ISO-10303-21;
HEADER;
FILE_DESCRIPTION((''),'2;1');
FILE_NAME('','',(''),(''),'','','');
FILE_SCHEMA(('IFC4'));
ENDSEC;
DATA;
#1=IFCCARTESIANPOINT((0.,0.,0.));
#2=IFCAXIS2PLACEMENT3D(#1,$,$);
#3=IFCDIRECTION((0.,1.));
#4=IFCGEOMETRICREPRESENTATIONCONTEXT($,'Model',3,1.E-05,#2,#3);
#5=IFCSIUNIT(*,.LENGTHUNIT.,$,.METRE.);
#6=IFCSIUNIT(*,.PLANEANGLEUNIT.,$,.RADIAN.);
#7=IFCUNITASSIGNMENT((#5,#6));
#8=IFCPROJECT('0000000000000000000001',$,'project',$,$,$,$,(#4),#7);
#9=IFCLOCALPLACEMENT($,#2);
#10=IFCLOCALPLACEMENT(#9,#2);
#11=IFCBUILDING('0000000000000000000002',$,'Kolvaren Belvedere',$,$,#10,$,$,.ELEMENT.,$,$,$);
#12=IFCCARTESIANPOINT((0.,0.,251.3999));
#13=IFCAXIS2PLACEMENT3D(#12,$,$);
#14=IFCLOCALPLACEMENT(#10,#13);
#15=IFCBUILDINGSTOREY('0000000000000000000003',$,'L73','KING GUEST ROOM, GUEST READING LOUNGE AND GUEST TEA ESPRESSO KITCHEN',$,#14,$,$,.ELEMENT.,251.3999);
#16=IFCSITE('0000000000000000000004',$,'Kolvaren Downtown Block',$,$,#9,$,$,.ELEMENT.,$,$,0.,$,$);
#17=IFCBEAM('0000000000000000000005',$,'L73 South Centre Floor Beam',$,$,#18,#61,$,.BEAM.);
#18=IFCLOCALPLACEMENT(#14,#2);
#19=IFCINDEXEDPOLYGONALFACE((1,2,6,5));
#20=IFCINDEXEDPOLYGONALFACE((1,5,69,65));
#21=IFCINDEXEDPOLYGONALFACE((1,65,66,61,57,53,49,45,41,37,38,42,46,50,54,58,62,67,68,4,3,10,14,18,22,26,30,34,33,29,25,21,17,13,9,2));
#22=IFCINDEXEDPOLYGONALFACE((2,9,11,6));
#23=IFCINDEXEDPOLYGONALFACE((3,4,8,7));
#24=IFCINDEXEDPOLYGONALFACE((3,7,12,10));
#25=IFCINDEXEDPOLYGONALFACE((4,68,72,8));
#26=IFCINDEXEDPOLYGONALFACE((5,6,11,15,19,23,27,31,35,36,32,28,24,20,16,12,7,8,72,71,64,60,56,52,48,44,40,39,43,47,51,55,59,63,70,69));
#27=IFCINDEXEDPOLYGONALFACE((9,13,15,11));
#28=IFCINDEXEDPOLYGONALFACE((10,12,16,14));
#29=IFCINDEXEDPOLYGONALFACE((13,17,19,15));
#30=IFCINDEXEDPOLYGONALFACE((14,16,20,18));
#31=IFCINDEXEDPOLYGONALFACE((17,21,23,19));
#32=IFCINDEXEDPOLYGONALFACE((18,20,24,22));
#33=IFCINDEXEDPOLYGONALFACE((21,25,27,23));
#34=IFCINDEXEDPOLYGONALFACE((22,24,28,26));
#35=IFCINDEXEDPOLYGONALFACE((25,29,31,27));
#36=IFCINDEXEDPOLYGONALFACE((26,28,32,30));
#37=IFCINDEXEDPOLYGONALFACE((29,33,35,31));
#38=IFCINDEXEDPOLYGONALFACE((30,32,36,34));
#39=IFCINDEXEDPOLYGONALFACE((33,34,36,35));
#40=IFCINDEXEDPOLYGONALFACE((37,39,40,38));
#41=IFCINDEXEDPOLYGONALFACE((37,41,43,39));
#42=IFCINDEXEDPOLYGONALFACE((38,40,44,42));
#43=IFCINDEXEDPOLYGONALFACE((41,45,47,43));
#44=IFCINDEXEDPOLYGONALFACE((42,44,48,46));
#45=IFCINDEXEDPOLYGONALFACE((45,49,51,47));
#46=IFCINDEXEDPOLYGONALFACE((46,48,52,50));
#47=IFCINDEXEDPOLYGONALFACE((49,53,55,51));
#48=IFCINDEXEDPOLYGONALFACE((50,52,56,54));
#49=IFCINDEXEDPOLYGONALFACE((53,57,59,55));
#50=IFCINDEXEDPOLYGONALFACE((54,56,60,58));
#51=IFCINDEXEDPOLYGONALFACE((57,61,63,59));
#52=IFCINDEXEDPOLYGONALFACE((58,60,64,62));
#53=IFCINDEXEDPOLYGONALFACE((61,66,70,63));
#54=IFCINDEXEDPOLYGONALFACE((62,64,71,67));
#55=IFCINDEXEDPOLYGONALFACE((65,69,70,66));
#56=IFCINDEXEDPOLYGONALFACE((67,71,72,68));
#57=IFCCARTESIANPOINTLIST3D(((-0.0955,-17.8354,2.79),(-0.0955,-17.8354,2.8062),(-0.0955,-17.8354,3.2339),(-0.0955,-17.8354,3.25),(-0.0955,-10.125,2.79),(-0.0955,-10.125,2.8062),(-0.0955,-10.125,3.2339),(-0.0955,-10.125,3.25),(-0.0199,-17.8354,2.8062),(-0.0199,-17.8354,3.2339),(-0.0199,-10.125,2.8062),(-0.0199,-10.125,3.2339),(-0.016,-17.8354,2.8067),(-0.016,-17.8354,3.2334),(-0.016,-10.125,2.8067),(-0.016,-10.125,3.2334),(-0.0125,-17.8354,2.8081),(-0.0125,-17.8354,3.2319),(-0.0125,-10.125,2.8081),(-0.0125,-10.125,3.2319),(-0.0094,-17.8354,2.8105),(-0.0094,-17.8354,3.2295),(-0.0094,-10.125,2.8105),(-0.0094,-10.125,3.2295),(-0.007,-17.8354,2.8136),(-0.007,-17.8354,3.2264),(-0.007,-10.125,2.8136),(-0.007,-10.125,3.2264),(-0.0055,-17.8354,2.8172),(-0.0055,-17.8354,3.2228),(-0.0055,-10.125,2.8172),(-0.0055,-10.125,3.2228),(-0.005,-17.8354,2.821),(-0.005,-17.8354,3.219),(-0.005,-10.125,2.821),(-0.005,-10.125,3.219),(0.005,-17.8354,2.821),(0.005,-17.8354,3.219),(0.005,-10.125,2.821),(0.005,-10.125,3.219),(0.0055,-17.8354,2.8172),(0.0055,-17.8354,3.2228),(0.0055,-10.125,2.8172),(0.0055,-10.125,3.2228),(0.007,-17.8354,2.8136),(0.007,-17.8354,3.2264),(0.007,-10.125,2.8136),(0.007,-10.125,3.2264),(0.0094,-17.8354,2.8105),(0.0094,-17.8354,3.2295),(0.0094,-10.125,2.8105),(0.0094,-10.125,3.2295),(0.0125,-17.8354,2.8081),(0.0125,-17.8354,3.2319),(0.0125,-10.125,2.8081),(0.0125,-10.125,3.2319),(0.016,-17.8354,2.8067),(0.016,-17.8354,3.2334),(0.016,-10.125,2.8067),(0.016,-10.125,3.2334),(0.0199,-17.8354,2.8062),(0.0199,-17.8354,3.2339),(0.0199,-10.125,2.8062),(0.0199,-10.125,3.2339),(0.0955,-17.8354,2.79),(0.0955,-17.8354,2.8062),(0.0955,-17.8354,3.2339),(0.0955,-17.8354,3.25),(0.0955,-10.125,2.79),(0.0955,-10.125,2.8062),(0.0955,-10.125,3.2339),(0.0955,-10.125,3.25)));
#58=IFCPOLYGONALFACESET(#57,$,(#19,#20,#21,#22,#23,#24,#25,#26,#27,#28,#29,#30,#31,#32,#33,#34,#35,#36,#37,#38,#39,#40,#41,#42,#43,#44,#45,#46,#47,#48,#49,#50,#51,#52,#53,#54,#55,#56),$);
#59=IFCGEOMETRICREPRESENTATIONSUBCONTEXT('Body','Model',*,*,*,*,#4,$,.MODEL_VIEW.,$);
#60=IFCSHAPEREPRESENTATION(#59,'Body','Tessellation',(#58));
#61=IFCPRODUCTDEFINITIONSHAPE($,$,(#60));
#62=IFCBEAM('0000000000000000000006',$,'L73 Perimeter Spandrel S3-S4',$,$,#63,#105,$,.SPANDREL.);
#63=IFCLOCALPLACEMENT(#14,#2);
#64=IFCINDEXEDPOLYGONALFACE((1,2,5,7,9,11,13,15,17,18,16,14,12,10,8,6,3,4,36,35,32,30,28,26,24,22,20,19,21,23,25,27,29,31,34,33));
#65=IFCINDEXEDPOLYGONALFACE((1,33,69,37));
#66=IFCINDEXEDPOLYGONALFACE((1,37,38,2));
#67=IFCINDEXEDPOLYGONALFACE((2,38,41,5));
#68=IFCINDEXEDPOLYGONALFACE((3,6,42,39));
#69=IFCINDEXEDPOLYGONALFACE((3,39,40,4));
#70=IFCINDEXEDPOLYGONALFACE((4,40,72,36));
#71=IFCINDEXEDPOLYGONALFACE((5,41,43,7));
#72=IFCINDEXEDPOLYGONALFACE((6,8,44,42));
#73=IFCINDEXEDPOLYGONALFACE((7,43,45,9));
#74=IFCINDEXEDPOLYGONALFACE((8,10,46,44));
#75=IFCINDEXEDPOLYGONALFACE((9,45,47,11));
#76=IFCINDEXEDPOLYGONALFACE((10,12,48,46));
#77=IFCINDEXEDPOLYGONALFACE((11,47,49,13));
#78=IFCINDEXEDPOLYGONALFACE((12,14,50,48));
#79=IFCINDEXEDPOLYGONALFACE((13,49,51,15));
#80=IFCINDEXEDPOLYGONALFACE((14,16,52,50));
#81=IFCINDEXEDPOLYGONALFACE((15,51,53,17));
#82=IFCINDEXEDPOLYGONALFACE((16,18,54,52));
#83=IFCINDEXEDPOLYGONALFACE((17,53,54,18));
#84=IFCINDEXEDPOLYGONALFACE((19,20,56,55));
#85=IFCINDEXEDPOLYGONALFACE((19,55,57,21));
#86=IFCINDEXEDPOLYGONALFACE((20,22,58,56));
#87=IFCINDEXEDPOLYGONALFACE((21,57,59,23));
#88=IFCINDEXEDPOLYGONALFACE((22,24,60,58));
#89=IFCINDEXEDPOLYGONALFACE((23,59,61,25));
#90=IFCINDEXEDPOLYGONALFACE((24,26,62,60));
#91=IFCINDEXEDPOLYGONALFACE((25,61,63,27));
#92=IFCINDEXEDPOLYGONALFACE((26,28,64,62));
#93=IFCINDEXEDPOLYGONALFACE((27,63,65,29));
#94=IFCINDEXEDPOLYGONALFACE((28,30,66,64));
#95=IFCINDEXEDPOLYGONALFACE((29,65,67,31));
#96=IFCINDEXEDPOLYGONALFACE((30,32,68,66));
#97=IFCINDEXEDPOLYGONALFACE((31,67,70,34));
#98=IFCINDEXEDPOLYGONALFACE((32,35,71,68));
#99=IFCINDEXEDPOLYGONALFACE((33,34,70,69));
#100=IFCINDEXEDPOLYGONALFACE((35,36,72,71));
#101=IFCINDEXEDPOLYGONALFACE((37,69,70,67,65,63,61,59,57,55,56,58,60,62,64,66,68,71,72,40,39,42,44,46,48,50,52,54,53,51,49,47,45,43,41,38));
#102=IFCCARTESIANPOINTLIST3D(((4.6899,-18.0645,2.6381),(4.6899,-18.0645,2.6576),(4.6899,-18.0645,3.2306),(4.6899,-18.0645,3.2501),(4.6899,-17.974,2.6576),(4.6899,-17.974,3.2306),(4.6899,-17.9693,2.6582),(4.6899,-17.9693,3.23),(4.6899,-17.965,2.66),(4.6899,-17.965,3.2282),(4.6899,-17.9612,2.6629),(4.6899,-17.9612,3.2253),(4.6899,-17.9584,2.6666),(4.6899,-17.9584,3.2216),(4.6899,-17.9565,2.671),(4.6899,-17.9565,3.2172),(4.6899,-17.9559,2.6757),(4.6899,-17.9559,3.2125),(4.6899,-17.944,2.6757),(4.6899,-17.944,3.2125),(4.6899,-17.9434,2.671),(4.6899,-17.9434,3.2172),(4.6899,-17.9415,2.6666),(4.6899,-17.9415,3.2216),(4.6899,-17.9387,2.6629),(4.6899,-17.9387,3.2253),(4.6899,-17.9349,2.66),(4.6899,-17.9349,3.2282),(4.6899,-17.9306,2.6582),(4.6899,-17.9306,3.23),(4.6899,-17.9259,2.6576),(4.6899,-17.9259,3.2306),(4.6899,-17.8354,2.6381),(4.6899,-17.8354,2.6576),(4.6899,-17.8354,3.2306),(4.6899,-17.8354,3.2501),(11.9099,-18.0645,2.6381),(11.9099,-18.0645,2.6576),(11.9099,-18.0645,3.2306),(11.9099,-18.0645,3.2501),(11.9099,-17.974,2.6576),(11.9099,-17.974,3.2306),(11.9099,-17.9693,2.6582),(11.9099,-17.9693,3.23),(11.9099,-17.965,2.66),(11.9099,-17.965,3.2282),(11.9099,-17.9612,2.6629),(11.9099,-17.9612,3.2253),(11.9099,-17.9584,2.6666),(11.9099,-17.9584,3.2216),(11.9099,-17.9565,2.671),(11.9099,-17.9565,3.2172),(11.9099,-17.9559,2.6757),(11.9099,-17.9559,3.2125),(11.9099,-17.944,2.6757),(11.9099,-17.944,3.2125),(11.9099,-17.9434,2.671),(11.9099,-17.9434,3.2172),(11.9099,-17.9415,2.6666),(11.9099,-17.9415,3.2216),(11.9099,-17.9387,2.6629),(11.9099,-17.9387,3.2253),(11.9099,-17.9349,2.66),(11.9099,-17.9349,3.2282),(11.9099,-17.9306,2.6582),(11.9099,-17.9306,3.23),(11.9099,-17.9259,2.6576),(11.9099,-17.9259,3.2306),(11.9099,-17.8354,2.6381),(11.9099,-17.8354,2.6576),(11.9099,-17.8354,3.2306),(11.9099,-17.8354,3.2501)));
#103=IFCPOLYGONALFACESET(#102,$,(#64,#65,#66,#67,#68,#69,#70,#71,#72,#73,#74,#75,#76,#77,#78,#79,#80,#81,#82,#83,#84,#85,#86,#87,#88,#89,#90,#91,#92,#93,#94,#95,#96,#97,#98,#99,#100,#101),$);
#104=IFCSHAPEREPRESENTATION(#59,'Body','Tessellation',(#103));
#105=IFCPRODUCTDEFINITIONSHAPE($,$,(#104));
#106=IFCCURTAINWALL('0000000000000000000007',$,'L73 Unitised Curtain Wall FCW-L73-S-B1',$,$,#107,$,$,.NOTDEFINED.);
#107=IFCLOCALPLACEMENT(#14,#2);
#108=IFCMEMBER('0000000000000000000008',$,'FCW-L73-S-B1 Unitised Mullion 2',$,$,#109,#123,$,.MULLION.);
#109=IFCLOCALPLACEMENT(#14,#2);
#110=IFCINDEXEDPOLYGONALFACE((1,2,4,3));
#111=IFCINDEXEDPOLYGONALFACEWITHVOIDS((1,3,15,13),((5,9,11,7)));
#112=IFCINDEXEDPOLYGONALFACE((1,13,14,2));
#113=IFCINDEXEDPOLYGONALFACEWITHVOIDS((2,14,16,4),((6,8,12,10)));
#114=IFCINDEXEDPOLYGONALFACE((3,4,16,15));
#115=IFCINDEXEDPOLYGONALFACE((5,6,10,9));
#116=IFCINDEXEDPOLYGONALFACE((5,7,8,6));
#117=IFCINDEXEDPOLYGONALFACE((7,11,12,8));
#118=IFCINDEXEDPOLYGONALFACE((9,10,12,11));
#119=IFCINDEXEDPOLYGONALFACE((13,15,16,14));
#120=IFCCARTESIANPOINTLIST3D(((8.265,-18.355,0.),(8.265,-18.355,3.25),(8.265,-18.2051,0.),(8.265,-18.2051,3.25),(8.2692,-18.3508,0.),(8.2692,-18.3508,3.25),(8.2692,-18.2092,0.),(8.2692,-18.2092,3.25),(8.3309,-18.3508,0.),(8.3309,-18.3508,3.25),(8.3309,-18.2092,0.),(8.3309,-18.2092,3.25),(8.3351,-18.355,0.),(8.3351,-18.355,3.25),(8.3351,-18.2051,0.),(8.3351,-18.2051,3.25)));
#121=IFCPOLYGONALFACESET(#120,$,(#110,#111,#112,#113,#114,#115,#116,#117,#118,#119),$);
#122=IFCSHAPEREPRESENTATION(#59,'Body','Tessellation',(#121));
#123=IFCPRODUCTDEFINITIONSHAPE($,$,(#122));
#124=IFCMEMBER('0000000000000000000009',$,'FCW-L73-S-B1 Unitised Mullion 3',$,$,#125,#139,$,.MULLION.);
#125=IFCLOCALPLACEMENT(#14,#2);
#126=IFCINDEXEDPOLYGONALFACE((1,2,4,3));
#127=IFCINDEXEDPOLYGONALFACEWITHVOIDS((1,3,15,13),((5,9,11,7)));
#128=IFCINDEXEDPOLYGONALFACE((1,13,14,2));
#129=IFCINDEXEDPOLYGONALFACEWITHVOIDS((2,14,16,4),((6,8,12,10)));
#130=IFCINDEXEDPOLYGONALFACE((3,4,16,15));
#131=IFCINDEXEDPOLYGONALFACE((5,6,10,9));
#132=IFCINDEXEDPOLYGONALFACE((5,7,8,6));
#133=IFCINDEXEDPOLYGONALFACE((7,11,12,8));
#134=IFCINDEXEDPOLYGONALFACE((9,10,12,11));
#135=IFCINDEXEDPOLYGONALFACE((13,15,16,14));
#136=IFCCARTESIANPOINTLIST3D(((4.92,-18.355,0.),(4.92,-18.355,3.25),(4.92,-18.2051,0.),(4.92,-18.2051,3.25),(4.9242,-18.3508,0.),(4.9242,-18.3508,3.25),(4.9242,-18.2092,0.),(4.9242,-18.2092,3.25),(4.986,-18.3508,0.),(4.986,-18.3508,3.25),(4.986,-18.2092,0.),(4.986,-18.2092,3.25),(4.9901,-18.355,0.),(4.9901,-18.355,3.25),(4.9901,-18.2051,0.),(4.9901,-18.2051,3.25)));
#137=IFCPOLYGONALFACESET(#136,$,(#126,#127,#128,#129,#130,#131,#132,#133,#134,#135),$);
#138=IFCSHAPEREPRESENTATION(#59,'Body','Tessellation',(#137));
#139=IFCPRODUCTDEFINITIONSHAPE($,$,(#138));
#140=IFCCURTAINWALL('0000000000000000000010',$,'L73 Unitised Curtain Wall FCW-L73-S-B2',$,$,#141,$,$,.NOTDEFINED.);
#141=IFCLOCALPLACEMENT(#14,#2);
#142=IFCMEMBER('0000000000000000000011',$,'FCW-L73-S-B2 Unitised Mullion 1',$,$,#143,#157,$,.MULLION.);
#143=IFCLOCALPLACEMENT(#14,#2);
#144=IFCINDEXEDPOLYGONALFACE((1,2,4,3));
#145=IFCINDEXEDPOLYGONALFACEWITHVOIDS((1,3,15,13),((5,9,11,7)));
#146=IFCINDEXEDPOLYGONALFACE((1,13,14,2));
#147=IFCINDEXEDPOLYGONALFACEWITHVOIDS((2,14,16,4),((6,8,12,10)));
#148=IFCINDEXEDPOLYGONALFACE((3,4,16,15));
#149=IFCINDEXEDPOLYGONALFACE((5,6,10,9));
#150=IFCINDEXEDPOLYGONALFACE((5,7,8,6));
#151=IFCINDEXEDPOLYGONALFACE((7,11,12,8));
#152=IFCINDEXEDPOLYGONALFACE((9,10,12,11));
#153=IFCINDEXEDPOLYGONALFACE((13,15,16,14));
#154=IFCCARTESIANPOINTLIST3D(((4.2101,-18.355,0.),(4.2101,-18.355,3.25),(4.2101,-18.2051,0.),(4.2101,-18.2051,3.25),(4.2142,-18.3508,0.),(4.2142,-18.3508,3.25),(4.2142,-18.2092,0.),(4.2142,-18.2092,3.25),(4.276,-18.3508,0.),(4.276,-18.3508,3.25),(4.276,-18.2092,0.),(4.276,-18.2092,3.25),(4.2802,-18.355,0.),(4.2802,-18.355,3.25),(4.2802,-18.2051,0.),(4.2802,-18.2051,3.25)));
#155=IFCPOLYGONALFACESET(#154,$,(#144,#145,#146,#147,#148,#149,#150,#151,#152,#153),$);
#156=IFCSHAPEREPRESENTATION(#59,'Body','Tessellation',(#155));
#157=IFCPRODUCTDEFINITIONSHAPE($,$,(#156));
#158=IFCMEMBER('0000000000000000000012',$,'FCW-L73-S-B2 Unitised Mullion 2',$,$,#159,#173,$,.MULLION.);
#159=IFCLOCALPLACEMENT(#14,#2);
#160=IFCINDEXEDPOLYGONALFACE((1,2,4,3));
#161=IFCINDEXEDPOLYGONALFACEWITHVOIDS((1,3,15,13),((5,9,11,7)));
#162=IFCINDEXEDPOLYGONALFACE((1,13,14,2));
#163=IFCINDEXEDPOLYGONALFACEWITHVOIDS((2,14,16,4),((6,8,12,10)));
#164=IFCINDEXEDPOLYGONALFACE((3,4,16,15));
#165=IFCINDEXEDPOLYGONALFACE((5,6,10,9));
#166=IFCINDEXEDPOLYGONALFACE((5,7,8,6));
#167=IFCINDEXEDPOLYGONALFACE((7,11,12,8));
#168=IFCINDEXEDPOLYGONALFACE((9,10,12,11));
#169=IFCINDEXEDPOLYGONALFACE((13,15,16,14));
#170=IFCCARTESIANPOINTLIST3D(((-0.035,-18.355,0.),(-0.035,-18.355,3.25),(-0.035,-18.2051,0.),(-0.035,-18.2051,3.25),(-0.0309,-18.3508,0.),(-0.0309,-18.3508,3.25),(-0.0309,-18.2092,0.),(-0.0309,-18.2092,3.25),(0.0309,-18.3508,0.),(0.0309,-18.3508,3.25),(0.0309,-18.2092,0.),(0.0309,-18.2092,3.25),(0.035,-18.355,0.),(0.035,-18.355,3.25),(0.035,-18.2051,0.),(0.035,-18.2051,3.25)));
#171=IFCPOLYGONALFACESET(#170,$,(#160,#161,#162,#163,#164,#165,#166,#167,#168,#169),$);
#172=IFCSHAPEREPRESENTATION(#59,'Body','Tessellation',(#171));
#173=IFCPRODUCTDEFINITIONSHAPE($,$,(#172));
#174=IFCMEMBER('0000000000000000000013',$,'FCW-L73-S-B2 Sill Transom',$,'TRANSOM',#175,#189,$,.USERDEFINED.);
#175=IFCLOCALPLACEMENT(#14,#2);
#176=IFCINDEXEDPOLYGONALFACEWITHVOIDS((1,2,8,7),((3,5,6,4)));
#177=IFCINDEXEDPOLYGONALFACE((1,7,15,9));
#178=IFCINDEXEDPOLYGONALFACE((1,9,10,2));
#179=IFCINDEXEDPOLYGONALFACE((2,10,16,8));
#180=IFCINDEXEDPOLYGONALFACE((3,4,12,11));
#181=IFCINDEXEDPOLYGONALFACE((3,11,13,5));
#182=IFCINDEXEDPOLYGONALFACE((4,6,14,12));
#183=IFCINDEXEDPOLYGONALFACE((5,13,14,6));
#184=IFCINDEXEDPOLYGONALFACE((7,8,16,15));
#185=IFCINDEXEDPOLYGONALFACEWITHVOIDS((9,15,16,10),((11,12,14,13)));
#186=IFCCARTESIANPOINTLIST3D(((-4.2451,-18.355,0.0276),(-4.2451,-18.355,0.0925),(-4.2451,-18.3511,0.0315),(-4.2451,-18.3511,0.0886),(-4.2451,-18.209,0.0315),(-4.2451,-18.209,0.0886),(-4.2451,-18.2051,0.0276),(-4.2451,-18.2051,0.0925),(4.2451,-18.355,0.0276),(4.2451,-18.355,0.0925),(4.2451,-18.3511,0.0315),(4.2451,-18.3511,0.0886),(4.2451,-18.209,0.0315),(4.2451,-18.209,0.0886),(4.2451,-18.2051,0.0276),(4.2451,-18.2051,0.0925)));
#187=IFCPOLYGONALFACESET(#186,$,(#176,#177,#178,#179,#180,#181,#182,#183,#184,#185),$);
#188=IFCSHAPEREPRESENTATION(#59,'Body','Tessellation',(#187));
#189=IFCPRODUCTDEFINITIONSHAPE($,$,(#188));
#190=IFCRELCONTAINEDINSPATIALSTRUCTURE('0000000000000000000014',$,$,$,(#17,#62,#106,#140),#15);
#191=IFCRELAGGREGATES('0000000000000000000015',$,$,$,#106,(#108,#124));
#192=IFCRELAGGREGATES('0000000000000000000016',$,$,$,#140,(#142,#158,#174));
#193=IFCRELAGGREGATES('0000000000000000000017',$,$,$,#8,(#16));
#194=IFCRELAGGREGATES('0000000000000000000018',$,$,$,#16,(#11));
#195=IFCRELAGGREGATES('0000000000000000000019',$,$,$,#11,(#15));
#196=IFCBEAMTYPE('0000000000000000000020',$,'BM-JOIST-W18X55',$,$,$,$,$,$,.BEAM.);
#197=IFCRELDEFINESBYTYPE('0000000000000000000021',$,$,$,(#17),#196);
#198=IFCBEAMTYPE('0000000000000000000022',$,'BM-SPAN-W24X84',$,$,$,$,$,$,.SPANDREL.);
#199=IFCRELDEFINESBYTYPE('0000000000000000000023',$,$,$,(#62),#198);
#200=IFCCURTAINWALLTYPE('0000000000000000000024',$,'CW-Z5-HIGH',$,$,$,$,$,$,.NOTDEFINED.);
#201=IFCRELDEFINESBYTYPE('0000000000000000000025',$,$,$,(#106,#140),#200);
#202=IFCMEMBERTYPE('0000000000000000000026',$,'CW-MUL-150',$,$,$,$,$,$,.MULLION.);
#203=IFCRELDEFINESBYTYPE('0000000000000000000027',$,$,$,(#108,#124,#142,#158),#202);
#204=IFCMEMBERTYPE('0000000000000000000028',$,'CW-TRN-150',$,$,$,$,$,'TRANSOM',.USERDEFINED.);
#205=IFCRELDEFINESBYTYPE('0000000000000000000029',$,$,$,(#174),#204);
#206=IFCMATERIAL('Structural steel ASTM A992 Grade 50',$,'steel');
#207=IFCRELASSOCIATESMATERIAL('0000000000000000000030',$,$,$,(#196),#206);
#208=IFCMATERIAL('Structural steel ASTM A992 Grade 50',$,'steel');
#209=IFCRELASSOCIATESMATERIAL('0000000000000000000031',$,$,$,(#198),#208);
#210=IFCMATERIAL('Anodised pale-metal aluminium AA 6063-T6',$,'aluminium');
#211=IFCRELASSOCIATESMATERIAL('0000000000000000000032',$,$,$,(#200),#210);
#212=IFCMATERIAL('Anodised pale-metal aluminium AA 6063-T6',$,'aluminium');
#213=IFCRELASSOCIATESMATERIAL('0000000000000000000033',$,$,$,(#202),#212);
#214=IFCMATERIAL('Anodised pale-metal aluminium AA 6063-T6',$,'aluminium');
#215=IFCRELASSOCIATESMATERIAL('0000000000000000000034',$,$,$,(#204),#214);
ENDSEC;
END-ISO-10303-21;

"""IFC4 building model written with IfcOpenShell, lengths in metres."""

from ifc_helpers import new_model, si_unit, direction, frame, origin, origin_2d, place, context, subcontext, project, spatial, hollow_rectangle, i_section, extrude, material, material_profile, profile_set, type_object, element, aggregate, save


model = new_model("IFC4")

# Units and contexts
model_context = context("Model", 3, precision=1e-05, world=origin(), true_north=direction((0.0, 1.0)))
body_context = subcontext(model_context, "Body", "Model", "MODEL_VIEW")
ifc_project = project(units=[si_unit("LENGTHUNIT", "METRE"), si_unit("PLANEANGLEUNIT", "RADIAN")], contexts=[model_context])

# Site, building, storey
site_placement = place(None, origin())
site = spatial("IfcSite", under=ifc_project, at=site_placement, Name="Kolvaren Downtown Block", CompositionType="ELEMENT", RefElevation=0.0)
building_placement = place(site_placement, origin())
building = spatial("IfcBuilding", under=site, at=building_placement, Name="Kolvaren Belvedere", CompositionType="ELEMENT")
storey_placement = place(building_placement, frame((0.0, 0.0, 251.3999)))
storey = spatial("IfcBuildingStorey", under=building, at=storey_placement, Name="L73", Description="KING GUEST ROOM, GUEST READING LOUNGE AND GUEST TEA ESPRESSO KITCHEN", CompositionType="ELEMENT", Elevation=251.3999)

# Beams
ifc_material_1 = material(Name="Structural steel ASTM A992 Grade 50", Category="steel")
ifc_material_profile_1 = material_profile(ifc_material_1, i_section(OverallWidth=0.1909, OverallDepth=0.46, WebThickness=0.01, FlangeThickness=0.0161, FilletRadius=0.0149, at=origin_2d()), Name="W18X55")
ifc_profile_set_1 = profile_set([ifc_material_profile_1], Name="Structural steel ASTM A992 Grade 50")
beam_type_1 = type_object("IfcBeamType", Name="BM-JOIST-W18X55", PredefinedType="BEAM", material=ifc_profile_set_1)
beam_1_placement = place(storey_placement, frame((0.0, -10.125, 3.02), z_axis=(0.0, -1.0, 0.0), x_axis=(1.0, 0.0, 0.0)))
element("IfcBeam", 1, at=beam_1_placement, inside=storey, type_object=beam_type_1, Name="L73 South Centre Floor Beam", PredefinedType="BEAM", context=body_context, shape_type="SweptSolid", body=[
    extrude(i_section(OverallWidth=0.1909, OverallDepth=0.46, WebThickness=0.01, FlangeThickness=0.0161, FilletRadius=0.0149, at=origin_2d()), origin(), (0.0, 0.0, 1.0), 7.7104),
])
ifc_material_2 = material(Name="Structural steel ASTM A992 Grade 50", Category="steel")
ifc_material_profile_2 = material_profile(ifc_material_2, i_section(OverallWidth=0.229, OverallDepth=0.6121, WebThickness=0.012, FlangeThickness=0.0195, FilletRadius=0.0181, at=origin_2d()), Name="W24X84")
ifc_profile_set_2 = profile_set([ifc_material_profile_2], Name="Structural steel ASTM A992 Grade 50")
beam_type_2 = type_object("IfcBeamType", Name="BM-SPAN-W24X84", PredefinedType="SPANDREL", material=ifc_profile_set_2)
beam_2_placement = place(storey_placement, frame((4.6899, -17.95, 2.9441), z_axis=(1.0, 0.0, 0.0), x_axis=(0.0, 1.0, 0.0)))
element("IfcBeam", 2, at=beam_2_placement, inside=storey, type_object=beam_type_2, Name="L73 Perimeter Spandrel S3-S4", PredefinedType="SPANDREL", context=body_context, shape_type="SweptSolid", body=[
    extrude(i_section(OverallWidth=0.229, OverallDepth=0.6121, WebThickness=0.012, FlangeThickness=0.0195, FilletRadius=0.0181, at=origin_2d()), origin(), (0.0, 0.0, 1.0), 7.22),
])

# Curtain walls, members
ifc_material_3 = material(Name="Anodised pale-metal aluminium AA 6063-T6", Category="aluminium")
curtain_wall_type = type_object("IfcCurtainWallType", Name="CW-Z5-HIGH", PredefinedType="NOTDEFINED", material=ifc_material_3)
curtain_wall_1_placement = place(storey_placement, origin())
curtain_wall_1 = element("IfcCurtainWall", 3, at=curtain_wall_1_placement, inside=storey, type_object=curtain_wall_type, Name="L73 Unitised Curtain Wall FCW-L73-S-B1", PredefinedType="NOTDEFINED")
ifc_material_4 = material(Name="Anodised pale-metal aluminium AA 6063-T6", Category="aluminium")
ifc_material_profile_3 = material_profile(ifc_material_4, hollow_rectangle(XDim=0.0701, YDim=0.1499, WallThickness=0.0042, at=origin_2d()), Name="ALU-MUL-150X70")
ifc_profile_set_3 = profile_set([ifc_material_profile_3], Name="Anodised pale-metal aluminium AA 6063-T6")
member_type_1 = type_object("IfcMemberType", Name="CW-MUL-150", PredefinedType="MULLION", material=ifc_profile_set_3)
member_1_placement = place(storey_placement, frame((8.3, -18.28, 0.0), z_axis=(0.0, 0.0, 1.0), x_axis=(1.0, 0.0, 0.0)))
member_1 = element("IfcMember", 4, at=member_1_placement, type_object=member_type_1, Name="FCW-L73-S-B1 Unitised Mullion 2", PredefinedType="MULLION", context=body_context, shape_type="SweptSolid", body=[
    extrude(hollow_rectangle(XDim=0.0701, YDim=0.1499, WallThickness=0.0042, at=origin_2d()), origin(), (0.0, 0.0, 1.0), 3.25),
])
member_2_placement = place(storey_placement, frame((4.9551, -18.28, 0.0), z_axis=(0.0, 0.0, 1.0), x_axis=(1.0, 0.0, 0.0)))
member_2 = element("IfcMember", 5, at=member_2_placement, type_object=member_type_1, Name="FCW-L73-S-B1 Unitised Mullion 3", PredefinedType="MULLION", context=body_context, shape_type="SweptSolid", body=[
    extrude(hollow_rectangle(XDim=0.0701, YDim=0.1499, WallThickness=0.0042, at=origin_2d()), origin(), (0.0, 0.0, 1.0), 3.25),
])
curtain_wall_2_placement = place(storey_placement, origin())
curtain_wall_2 = element("IfcCurtainWall", 6, at=curtain_wall_2_placement, inside=storey, type_object=curtain_wall_type, Name="L73 Unitised Curtain Wall FCW-L73-S-B2", PredefinedType="NOTDEFINED")
member_3_placement = place(storey_placement, frame((4.2451, -18.28, 0.0), z_axis=(0.0, 0.0, 1.0), x_axis=(1.0, 0.0, 0.0)))
member_3 = element("IfcMember", 7, at=member_3_placement, type_object=member_type_1, Name="FCW-L73-S-B2 Unitised Mullion 1", PredefinedType="MULLION", context=body_context, shape_type="SweptSolid", body=[
    extrude(hollow_rectangle(XDim=0.0701, YDim=0.1499, WallThickness=0.0042, at=origin_2d()), origin(), (0.0, 0.0, 1.0), 3.25),
])
member_4_placement = place(storey_placement, frame((0.0, -18.28, 0.0), z_axis=(0.0, 0.0, 1.0), x_axis=(1.0, 0.0, 0.0)))
member_4 = element("IfcMember", 8, at=member_4_placement, type_object=member_type_1, Name="FCW-L73-S-B2 Unitised Mullion 2", PredefinedType="MULLION", context=body_context, shape_type="SweptSolid", body=[
    extrude(hollow_rectangle(XDim=0.0701, YDim=0.1499, WallThickness=0.0042, at=origin_2d()), origin(), (0.0, 0.0, 1.0), 3.25),
])
ifc_material_5 = material(Name="Anodised pale-metal aluminium AA 6063-T6", Category="aluminium")
ifc_material_profile_4 = material_profile(ifc_material_5, hollow_rectangle(XDim=0.0649, YDim=0.1499, WallThickness=0.0039, at=origin_2d()), Name="ALU-TRN-150X65")
ifc_profile_set_4 = profile_set([ifc_material_profile_4], Name="Anodised pale-metal aluminium AA 6063-T6")
member_type_2 = type_object("IfcMemberType", Name="CW-TRN-150", ElementType="TRANSOM", PredefinedType="USERDEFINED", material=ifc_profile_set_4)
member_5_placement = place(storey_placement, frame((4.2451, -18.28, 0.0601), z_axis=(-1.0, 0.0, 0.0), x_axis=(0.0, 0.0, 1.0)))
member_5 = element("IfcMember", 9, at=member_5_placement, type_object=member_type_2, Name="FCW-L73-S-B2 Sill Transom", ObjectType="TRANSOM", PredefinedType="USERDEFINED", context=body_context, shape_type="SweptSolid", body=[
    extrude(hollow_rectangle(XDim=0.0649, YDim=0.1499, WallThickness=0.0039, at=origin_2d()), origin(), (0.0, 0.0, 1.0), 8.4902),
])

aggregate(curtain_wall_1, [member_1, member_2])
aggregate(curtain_wall_2, [member_3, member_4, member_5])

save(model, "model.ifc")
